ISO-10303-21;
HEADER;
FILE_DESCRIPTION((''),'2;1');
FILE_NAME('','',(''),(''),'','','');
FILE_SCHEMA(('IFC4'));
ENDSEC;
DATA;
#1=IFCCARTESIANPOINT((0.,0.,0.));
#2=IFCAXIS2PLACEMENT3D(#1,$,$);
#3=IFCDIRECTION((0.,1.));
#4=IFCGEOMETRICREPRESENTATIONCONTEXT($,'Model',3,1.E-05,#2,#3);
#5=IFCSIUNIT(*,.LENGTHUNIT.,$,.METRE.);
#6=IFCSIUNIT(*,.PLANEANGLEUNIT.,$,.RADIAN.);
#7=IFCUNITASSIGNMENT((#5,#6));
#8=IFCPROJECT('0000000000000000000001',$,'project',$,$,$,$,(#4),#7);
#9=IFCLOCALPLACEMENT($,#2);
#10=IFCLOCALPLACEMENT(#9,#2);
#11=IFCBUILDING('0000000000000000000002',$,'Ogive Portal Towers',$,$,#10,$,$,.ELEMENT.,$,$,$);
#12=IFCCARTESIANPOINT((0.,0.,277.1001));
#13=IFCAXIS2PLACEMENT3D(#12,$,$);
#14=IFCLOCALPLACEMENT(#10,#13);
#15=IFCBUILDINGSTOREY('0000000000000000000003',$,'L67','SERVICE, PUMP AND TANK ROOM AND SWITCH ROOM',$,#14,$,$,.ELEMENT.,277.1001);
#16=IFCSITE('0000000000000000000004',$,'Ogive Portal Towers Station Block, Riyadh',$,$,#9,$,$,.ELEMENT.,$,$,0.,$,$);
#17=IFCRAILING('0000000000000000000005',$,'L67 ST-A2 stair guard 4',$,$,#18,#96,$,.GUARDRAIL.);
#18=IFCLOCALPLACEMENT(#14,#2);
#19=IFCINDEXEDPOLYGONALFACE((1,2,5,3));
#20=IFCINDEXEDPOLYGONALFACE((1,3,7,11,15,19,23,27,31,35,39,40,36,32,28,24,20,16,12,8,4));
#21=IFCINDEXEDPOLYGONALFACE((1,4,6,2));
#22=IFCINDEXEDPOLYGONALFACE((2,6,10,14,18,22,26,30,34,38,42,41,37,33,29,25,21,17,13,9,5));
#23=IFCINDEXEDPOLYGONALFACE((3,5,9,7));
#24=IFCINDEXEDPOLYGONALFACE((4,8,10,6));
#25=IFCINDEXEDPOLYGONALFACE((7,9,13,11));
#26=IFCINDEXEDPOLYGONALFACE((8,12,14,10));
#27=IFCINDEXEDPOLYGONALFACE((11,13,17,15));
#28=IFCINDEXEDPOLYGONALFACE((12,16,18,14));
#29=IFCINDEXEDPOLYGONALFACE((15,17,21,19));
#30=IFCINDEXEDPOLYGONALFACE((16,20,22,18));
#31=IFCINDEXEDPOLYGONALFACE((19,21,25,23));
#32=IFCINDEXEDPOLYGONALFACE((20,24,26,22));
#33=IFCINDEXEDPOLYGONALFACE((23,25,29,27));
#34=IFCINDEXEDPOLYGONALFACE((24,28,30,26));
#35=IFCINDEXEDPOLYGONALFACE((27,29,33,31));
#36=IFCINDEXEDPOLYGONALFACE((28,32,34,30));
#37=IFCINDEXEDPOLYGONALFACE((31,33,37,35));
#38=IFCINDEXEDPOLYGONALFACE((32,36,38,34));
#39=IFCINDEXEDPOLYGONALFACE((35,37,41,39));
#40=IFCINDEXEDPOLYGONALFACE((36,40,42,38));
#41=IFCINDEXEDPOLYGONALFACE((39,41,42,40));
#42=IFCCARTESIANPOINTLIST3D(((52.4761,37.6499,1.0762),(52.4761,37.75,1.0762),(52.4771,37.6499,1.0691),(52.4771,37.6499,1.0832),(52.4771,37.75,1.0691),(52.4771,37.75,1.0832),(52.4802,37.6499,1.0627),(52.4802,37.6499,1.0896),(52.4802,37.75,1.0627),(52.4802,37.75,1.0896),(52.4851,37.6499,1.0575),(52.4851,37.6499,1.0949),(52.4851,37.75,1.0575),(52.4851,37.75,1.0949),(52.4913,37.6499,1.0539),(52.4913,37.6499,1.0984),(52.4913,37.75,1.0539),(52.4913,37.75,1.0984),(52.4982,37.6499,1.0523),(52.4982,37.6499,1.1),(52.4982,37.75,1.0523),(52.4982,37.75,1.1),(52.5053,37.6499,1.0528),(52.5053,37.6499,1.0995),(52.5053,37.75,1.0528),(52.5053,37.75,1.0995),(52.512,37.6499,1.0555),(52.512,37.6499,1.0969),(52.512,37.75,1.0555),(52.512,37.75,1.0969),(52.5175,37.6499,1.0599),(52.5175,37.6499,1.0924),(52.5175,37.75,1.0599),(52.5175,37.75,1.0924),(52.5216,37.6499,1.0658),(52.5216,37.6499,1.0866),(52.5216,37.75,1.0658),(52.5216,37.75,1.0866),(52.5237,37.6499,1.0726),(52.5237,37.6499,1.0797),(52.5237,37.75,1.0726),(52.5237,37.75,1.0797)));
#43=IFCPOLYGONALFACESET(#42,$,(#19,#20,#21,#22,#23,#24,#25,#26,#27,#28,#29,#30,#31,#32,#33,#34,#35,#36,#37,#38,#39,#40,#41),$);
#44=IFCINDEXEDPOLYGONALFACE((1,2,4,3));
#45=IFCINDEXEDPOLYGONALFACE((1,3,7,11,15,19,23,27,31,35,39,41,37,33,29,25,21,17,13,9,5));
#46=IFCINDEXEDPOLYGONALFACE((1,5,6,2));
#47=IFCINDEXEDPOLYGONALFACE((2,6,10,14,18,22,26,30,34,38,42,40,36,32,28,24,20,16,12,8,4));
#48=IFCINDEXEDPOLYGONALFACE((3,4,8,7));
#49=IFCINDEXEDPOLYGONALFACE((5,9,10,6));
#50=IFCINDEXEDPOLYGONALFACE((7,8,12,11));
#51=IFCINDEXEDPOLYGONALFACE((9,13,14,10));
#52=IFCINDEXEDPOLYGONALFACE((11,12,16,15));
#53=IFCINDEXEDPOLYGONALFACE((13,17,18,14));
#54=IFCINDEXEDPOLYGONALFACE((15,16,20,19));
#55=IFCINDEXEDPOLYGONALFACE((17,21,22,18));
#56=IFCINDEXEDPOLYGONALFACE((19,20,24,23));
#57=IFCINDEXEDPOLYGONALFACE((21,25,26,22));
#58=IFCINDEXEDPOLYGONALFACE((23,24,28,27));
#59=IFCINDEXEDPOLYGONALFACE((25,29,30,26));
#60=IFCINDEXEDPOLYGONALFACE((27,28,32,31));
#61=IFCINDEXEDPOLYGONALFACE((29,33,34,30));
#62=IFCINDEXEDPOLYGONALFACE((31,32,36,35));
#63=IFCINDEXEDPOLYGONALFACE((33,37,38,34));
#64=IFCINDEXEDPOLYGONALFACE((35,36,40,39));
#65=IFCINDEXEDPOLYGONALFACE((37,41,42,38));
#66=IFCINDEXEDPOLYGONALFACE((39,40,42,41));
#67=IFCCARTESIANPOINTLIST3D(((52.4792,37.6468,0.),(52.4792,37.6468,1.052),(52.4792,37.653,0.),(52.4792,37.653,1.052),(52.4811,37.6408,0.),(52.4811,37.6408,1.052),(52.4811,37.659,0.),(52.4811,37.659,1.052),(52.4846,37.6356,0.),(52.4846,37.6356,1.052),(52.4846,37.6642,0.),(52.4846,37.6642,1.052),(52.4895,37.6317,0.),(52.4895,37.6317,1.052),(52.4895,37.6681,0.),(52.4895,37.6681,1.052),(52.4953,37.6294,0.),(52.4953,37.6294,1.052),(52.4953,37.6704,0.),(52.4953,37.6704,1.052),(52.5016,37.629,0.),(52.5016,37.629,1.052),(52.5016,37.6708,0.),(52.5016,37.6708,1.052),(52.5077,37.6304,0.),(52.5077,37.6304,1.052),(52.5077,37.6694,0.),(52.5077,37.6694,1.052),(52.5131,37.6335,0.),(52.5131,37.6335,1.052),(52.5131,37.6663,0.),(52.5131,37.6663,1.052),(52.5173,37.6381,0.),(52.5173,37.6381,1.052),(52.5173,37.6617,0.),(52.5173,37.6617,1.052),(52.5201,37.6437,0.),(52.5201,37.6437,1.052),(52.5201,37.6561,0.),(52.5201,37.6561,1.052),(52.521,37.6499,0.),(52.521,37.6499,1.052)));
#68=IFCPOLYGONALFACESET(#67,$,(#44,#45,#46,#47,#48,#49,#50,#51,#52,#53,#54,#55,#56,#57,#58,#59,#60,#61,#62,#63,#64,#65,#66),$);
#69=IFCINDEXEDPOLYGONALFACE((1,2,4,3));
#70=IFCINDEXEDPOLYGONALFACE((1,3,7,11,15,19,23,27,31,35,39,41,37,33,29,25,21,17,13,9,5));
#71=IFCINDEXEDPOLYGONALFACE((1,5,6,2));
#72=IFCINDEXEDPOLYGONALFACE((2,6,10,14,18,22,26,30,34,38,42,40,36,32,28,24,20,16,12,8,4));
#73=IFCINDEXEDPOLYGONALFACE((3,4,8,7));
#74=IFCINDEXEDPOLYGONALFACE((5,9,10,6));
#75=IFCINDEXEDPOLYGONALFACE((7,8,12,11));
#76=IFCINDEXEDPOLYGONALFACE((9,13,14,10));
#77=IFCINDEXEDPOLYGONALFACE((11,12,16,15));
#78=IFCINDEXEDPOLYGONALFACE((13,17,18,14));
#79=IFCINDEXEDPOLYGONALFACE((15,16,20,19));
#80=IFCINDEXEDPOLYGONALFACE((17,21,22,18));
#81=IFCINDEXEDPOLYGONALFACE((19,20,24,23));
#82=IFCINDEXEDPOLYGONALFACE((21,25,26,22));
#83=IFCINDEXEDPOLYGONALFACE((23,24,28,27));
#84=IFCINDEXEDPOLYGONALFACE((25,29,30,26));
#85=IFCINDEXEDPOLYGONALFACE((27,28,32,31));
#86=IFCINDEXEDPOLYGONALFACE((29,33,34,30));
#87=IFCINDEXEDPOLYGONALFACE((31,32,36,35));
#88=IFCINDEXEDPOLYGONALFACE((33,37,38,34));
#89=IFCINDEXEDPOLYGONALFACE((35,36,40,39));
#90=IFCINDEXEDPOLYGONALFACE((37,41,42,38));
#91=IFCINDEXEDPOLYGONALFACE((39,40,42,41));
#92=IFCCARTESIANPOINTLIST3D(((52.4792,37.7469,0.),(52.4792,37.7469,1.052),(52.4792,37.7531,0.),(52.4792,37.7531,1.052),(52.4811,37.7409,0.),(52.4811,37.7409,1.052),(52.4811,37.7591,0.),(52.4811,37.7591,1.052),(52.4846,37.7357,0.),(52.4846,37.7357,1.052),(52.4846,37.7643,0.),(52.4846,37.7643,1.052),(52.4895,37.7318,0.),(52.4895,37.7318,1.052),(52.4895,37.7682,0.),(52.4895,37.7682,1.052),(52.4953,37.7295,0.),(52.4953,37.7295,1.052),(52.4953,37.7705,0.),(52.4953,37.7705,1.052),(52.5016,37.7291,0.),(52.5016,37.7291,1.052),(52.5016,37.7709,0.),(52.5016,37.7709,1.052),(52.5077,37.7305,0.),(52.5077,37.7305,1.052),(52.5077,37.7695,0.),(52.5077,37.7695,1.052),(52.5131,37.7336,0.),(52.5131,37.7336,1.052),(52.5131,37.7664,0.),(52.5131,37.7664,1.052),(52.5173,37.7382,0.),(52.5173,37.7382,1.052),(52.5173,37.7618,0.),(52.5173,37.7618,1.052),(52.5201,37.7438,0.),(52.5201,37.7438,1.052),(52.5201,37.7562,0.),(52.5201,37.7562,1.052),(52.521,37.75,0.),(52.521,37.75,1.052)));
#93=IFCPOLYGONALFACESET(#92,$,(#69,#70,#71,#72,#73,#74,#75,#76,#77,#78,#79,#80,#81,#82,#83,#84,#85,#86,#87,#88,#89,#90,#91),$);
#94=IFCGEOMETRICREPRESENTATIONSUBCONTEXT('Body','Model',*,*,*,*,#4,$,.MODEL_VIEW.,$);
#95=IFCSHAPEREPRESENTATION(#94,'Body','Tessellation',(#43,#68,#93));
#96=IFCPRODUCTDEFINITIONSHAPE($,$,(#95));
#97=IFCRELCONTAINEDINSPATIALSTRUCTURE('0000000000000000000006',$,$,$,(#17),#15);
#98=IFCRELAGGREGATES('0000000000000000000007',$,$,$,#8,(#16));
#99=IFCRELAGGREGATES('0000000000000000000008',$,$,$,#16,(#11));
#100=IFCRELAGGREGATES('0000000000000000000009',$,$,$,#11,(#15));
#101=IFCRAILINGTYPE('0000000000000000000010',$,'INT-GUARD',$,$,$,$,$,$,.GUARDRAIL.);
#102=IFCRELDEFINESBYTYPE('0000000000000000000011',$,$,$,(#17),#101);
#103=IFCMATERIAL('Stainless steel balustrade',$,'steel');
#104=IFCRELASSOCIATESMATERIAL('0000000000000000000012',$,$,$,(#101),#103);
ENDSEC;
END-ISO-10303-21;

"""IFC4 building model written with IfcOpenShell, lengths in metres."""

from ifc_helpers import new_model, si_unit, direction, frame, origin, origin_2d, place, context, subcontext, project, spatial, circle, extrude, material, type_object, element, save


model = new_model("IFC4")

# Units and contexts
model_context = context("Model", 3, precision=1e-05, world=origin(), true_north=direction((0.0, 1.0)))
body_context = subcontext(model_context, "Body", "Model", "MODEL_VIEW")
ifc_project = project(units=[si_unit("LENGTHUNIT", "METRE"), si_unit("PLANEANGLEUNIT", "RADIAN")], contexts=[model_context])

# Site, building, storey
site_placement = place(None, origin())
site = spatial("IfcSite", under=ifc_project, at=site_placement, Name="Ogive Portal Towers Station Block, Riyadh", CompositionType="ELEMENT", RefElevation=0.0)
building_placement = place(site_placement, origin())
building = spatial("IfcBuilding", under=site, at=building_placement, Name="Ogive Portal Towers", CompositionType="ELEMENT")
storey_placement = place(building_placement, frame((0.0, 0.0, 277.1001)))
storey = spatial("IfcBuildingStorey", under=building, at=storey_placement, Name="L67", Description="SERVICE, PUMP AND TANK ROOM AND SWITCH ROOM", CompositionType="ELEMENT", Elevation=277.1001)

# Railing
ifc_material_1 = material(Name="Stainless steel balustrade", Category="steel")
railing_type_1 = type_object("IfcRailingType", Name="INT-GUARD", PredefinedType="GUARDRAIL", material=ifc_material_1)
railing_1_placement = place(storey_placement, frame((52.5, 37.6499, 0.0)))
element("IfcRailing", 1, at=railing_1_placement, inside=storey, type_object=railing_type_1, Name="L67 ST-A2 stair guard 4", PredefinedType="GUARDRAIL", context=body_context, shape_type="SweptSolid", body=[
    extrude(circle(Radius=0.0239, at=origin_2d()), frame((0.0, 0.0, 1.0762), z_axis=(0.0, 1.0, 0.0), x_axis=(-1.0, 0.0, 0.0)), (0.0, 0.0, 1.0), 0.1001),
    extrude(circle(Radius=0.021, at=origin_2d()), origin(), (0.0, 0.0, 1.0), 1.052),
    extrude(circle(Radius=0.021, at=origin_2d()), frame((0.0, 0.1001, 0.0)), (0.0, 0.0, 1.0), 1.052),
])

save(model, "model.ifc")
